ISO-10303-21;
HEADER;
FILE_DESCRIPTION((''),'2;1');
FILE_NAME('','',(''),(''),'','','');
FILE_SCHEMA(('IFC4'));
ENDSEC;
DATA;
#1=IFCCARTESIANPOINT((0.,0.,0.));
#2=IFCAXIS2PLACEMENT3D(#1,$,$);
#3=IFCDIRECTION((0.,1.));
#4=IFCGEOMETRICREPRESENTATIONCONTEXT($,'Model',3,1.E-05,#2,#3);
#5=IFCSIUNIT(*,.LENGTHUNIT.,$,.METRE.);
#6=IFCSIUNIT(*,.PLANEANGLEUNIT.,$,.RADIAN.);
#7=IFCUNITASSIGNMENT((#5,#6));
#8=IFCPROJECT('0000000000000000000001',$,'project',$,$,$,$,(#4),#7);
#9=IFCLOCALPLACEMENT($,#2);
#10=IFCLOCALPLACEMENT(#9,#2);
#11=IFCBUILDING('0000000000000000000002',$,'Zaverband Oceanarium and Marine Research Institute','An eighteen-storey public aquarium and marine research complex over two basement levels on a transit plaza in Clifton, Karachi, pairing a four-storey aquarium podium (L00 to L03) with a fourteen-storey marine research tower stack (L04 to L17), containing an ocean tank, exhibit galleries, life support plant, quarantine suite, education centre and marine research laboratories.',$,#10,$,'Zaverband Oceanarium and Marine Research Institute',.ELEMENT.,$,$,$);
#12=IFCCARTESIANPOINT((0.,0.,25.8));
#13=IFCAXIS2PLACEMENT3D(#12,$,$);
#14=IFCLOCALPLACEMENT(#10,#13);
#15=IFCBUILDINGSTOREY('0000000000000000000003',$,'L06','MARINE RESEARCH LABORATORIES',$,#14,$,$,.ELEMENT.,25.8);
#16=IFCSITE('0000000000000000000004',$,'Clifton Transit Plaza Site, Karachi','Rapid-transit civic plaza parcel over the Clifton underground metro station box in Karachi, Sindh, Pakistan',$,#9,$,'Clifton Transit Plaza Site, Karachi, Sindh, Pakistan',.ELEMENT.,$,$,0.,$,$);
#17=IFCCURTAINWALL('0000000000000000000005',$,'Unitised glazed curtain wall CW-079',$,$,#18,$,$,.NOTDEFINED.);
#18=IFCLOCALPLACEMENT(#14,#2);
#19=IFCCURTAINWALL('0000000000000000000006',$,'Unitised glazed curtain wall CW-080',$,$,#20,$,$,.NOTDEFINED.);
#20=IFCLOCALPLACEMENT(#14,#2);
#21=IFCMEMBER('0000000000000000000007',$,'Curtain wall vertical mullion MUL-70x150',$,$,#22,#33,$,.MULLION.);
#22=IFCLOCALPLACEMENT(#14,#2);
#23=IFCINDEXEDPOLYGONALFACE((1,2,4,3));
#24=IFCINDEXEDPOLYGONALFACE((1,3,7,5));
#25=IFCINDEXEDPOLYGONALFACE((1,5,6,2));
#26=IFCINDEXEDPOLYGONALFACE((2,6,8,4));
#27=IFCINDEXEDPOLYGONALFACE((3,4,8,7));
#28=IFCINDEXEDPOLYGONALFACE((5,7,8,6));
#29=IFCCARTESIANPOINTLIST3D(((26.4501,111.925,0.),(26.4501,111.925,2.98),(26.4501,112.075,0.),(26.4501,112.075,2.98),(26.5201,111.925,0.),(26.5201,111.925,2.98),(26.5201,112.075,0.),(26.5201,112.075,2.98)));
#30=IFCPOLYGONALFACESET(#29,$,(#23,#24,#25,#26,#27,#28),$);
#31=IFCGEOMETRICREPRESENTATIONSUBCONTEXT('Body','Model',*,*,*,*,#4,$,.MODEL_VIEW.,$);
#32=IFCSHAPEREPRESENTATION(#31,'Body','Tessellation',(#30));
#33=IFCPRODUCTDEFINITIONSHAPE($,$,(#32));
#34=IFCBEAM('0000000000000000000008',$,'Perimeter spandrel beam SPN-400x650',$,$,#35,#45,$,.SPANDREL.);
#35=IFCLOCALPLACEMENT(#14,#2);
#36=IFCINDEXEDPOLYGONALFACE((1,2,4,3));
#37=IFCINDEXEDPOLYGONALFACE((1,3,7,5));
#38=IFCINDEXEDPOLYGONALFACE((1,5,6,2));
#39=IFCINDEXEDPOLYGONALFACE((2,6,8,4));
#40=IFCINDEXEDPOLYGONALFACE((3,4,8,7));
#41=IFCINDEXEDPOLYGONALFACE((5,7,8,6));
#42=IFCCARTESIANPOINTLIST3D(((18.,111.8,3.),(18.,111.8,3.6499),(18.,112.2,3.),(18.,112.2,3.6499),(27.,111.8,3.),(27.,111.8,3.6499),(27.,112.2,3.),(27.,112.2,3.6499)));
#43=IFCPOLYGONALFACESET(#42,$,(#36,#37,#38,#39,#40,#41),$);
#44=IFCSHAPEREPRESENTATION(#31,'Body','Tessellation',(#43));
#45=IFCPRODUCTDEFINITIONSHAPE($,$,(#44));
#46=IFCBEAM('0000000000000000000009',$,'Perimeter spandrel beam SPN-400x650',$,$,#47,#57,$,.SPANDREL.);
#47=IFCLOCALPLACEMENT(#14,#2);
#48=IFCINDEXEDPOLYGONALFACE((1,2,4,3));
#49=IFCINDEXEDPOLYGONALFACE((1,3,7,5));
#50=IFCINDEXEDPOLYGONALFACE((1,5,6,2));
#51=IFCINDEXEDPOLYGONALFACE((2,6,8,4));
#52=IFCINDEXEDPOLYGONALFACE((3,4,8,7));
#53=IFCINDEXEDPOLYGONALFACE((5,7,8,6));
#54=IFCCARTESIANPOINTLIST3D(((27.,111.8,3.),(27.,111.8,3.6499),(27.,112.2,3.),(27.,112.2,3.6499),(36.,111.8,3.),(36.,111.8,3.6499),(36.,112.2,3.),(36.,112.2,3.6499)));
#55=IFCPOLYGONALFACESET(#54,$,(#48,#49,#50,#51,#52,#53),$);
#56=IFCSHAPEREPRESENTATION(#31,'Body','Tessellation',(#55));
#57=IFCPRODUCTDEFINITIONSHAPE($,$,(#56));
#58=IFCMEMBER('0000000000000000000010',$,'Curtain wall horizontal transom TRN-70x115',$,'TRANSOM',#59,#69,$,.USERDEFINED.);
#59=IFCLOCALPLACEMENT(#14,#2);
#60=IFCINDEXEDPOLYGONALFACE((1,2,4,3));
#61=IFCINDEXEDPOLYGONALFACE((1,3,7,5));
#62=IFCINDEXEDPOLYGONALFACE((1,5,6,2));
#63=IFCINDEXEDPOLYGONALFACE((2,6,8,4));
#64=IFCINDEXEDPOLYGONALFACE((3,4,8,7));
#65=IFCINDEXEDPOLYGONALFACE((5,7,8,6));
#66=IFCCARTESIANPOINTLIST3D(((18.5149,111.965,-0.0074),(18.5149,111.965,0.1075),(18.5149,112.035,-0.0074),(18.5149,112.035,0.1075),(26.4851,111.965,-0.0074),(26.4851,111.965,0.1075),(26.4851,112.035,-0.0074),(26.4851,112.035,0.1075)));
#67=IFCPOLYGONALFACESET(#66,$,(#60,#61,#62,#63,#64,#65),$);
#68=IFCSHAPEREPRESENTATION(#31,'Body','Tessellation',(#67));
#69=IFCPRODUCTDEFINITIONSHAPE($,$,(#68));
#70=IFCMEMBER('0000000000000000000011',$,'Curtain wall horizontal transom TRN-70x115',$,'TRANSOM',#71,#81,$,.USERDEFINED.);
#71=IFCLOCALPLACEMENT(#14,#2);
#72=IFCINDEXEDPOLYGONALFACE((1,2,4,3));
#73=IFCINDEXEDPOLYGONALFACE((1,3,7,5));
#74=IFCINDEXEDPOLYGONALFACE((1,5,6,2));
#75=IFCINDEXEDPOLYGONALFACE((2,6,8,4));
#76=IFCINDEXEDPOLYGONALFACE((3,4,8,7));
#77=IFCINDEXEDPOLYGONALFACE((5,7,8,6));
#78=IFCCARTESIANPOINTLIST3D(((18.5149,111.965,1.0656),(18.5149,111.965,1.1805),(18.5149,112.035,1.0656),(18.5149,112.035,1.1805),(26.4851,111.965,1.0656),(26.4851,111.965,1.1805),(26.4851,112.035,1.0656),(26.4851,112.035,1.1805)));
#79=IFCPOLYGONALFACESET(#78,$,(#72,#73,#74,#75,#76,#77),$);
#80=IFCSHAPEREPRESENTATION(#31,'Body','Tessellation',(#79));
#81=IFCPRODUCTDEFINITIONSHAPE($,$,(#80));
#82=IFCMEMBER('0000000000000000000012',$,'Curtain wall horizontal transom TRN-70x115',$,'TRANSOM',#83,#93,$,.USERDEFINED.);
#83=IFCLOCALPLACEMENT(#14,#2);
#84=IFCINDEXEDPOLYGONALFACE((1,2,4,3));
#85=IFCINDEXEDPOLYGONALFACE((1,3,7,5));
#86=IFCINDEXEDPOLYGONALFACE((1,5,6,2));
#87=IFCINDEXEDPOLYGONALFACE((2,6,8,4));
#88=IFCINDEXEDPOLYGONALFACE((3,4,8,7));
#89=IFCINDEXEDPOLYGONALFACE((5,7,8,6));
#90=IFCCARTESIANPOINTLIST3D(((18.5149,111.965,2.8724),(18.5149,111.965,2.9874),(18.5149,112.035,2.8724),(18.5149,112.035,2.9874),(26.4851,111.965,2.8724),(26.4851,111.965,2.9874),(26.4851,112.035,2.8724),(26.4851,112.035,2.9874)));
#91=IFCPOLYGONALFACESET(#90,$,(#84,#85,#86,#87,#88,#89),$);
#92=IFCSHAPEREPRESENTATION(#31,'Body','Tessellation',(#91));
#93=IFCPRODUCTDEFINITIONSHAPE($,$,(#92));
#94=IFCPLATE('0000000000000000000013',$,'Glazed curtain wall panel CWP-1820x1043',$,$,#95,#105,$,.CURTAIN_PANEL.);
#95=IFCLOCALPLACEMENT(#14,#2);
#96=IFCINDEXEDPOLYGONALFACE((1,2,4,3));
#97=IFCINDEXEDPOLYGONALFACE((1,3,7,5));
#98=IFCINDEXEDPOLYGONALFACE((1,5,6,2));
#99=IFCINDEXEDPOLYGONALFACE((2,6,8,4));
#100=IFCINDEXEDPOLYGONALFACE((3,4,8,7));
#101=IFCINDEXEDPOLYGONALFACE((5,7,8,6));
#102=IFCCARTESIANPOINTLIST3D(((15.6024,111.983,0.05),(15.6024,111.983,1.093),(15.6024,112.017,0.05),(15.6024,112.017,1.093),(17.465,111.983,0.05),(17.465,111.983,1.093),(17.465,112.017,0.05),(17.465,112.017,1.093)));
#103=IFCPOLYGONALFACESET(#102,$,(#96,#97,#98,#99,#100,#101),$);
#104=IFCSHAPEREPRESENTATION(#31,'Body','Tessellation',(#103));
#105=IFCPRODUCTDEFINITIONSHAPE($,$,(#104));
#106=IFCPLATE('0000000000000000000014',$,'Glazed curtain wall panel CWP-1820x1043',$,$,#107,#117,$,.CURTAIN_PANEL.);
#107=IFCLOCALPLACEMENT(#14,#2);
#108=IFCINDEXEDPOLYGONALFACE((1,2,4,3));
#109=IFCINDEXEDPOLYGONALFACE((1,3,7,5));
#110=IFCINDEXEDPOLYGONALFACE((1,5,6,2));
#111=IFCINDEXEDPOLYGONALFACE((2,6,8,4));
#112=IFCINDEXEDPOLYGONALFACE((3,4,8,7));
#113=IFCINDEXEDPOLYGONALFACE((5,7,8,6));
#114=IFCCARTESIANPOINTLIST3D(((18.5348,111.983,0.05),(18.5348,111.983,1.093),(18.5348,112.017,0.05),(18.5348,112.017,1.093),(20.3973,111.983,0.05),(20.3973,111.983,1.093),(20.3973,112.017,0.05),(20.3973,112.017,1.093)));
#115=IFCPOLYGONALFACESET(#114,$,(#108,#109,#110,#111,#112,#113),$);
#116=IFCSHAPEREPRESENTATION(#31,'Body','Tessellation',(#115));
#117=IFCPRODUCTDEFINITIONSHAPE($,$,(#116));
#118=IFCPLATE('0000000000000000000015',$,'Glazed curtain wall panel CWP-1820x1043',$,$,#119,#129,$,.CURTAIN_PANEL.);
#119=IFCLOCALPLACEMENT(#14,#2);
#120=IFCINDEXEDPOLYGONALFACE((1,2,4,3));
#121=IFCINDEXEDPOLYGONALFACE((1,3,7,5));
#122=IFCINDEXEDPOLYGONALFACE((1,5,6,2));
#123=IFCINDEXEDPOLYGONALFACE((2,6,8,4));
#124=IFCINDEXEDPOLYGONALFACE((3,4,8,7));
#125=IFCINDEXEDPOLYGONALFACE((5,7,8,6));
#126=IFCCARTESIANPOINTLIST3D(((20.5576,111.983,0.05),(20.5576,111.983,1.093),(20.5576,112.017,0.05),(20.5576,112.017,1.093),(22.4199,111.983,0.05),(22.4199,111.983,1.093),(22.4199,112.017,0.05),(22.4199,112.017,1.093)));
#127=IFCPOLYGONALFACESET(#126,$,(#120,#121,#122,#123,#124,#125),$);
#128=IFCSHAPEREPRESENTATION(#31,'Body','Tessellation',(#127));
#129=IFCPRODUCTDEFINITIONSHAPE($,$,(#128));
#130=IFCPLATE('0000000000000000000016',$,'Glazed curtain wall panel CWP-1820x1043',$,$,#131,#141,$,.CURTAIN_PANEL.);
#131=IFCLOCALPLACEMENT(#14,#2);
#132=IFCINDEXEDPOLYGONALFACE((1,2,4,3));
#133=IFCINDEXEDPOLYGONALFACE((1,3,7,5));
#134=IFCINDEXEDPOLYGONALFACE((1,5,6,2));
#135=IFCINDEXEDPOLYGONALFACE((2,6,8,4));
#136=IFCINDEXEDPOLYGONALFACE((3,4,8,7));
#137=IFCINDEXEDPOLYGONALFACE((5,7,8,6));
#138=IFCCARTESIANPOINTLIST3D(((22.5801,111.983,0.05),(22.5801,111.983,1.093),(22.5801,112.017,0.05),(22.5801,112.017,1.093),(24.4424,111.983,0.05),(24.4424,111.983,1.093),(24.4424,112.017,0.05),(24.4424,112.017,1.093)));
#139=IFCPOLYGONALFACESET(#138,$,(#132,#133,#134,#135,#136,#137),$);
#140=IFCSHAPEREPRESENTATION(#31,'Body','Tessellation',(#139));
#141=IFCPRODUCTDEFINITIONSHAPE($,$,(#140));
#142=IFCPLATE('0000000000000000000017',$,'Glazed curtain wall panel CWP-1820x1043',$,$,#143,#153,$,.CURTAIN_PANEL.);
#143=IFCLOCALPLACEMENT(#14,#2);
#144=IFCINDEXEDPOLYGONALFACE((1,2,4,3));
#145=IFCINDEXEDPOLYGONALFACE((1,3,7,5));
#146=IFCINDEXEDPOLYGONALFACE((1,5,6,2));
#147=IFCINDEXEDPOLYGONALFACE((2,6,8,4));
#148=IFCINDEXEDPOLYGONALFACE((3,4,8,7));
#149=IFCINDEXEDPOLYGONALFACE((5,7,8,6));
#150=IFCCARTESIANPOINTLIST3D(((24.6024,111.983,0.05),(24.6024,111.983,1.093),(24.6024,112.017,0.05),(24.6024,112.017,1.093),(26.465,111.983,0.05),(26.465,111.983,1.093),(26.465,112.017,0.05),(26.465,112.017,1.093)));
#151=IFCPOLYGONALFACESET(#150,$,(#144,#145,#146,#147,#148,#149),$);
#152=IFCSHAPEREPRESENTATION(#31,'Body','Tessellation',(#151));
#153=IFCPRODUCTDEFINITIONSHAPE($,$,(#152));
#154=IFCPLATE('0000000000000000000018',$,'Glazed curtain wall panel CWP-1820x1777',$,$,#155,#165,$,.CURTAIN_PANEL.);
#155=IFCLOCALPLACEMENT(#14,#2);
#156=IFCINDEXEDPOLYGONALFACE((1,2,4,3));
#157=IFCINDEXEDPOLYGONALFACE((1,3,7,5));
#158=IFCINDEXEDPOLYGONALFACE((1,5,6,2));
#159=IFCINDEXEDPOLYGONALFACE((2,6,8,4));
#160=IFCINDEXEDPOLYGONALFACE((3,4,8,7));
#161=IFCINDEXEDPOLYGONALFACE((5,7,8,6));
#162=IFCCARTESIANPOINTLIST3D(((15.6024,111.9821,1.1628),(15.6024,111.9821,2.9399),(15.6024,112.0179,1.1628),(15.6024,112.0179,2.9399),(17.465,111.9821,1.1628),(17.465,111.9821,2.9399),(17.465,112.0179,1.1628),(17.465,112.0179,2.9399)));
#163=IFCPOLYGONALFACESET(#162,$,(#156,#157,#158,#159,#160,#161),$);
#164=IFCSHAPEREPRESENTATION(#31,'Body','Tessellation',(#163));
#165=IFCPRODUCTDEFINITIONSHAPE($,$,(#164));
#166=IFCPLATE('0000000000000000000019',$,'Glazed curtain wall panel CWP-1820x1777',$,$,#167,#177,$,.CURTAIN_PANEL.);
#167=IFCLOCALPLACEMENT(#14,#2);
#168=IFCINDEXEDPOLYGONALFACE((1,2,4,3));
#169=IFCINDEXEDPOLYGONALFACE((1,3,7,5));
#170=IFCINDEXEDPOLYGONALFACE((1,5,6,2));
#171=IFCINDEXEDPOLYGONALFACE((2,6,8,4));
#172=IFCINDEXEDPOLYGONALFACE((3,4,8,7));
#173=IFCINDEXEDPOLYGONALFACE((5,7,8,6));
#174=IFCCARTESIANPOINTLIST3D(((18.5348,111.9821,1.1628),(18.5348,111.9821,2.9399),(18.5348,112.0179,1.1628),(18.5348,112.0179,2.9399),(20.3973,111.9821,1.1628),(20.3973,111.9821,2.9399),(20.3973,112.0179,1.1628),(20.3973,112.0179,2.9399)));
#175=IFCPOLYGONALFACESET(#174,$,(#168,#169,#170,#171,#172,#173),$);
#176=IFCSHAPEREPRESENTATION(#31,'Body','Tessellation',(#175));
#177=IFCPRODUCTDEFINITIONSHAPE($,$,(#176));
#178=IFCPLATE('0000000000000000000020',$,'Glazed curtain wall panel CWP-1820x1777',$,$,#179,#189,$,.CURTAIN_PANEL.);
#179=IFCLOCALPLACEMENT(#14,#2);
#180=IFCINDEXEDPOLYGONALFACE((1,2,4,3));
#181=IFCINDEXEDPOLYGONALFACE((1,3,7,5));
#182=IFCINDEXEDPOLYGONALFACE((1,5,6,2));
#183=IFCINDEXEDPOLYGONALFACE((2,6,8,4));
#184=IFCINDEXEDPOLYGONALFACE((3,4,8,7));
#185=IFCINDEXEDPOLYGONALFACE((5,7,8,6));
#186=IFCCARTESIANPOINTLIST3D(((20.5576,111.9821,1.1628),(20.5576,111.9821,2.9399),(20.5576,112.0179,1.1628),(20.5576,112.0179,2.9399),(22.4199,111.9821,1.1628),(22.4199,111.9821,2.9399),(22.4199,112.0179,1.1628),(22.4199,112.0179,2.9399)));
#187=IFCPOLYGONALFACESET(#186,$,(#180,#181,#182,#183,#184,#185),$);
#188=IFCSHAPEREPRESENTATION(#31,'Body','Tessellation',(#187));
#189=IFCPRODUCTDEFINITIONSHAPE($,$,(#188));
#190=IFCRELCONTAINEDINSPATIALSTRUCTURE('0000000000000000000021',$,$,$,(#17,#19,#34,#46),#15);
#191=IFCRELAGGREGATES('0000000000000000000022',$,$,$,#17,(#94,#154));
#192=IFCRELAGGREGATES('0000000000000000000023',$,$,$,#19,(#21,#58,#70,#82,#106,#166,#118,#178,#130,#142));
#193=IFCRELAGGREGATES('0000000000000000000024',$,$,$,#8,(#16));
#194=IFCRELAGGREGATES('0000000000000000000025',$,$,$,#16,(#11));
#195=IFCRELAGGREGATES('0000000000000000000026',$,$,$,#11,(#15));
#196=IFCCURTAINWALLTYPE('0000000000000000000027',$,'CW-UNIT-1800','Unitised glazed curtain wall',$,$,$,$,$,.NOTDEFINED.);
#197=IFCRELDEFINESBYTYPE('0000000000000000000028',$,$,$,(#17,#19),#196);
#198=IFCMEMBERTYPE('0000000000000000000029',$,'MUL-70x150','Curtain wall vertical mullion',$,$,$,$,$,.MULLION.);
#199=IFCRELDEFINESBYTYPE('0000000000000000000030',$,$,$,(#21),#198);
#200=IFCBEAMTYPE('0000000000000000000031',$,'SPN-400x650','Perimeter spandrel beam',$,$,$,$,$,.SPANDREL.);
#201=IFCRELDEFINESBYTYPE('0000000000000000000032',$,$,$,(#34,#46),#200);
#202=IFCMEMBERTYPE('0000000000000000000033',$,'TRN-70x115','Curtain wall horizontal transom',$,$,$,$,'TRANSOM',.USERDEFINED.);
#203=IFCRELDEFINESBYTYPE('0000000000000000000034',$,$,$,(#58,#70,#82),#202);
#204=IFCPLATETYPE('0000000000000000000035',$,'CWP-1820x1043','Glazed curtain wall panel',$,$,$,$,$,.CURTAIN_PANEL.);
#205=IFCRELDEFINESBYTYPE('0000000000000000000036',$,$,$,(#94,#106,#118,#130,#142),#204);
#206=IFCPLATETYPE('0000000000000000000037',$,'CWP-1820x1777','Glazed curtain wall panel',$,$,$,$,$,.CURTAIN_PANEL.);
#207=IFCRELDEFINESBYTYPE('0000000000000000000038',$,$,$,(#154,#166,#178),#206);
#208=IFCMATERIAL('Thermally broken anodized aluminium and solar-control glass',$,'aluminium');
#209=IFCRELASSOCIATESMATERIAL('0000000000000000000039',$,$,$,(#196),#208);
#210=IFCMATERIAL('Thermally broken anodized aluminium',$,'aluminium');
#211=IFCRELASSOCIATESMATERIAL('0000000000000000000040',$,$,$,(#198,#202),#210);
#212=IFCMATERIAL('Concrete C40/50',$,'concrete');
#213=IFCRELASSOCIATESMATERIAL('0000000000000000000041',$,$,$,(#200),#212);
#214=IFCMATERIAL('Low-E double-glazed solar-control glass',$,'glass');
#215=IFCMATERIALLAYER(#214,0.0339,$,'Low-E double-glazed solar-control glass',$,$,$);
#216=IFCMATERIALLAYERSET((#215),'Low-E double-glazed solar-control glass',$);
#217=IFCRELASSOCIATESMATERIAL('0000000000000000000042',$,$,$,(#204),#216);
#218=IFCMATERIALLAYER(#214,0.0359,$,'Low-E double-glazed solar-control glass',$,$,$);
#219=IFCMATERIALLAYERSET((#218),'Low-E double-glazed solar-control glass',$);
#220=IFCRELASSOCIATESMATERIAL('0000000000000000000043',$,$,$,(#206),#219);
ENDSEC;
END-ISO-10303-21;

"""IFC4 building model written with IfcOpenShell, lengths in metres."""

from ifc_helpers import new_model, si_unit, direction, frame, frame_2d, origin, origin_2d, place, context, subcontext, project, spatial, rectangle, extrude, material, layer, layer_set, material_profile, profile_set, type_object, element, aggregate, save


model = new_model("IFC4")

# Units and contexts
model_context = context("Model", 3, precision=1e-05, world=origin(), true_north=direction((0.0, 1.0)))
body_context = subcontext(model_context, "Body", "Model", "MODEL_VIEW")
ifc_project = project(units=[si_unit("LENGTHUNIT", "METRE"), si_unit("PLANEANGLEUNIT", "RADIAN")], contexts=[model_context])

# Site, building, storey
site_placement = place(None, origin())
site = spatial("IfcSite", under=ifc_project, at=site_placement, Name="Clifton Transit Plaza Site, Karachi", Description="Rapid-transit civic plaza parcel over the Clifton underground metro station box in Karachi, Sindh, Pakistan", LongName="Clifton Transit Plaza Site, Karachi, Sindh, Pakistan", CompositionType="ELEMENT", RefElevation=0.0)
building_placement = place(site_placement, origin())
building = spatial("IfcBuilding", under=site, at=building_placement, Name="Zaverband Oceanarium and Marine Research Institute", Description="An eighteen-storey public aquarium and marine research complex over two basement levels on a transit plaza in Clifton, Karachi, pairing a four-storey aquarium podium (L00 to L03) with a fourteen-storey marine research tower stack (L04 to L17), containing an ocean tank, exhibit galleries, life support plant, quarantine suite, education centre and marine research laboratories.", LongName="Zaverband Oceanarium and Marine Research Institute", CompositionType="ELEMENT")
storey_placement = place(building_placement, frame((0.0, 0.0, 25.8)))
storey = spatial("IfcBuildingStorey", under=building, at=storey_placement, Name="L06", Description="MARINE RESEARCH LABORATORIES", CompositionType="ELEMENT", Elevation=25.8)

# Shared definitions
ifc_material_1 = material(Name="Concrete C40/50", Category="concrete")

# Curtain walls, member
ifc_material_2 = material(Name="Thermally broken anodized aluminium and solar-control glass", Category="aluminium")
curtain_wall_type = type_object("IfcCurtainWallType", Name="CW-UNIT-1800", Description="Unitised glazed curtain wall", PredefinedType="NOTDEFINED", material=ifc_material_2)
curtain_wall_1_placement = place(storey_placement, origin())
curtain_wall_1 = element("IfcCurtainWall", 1, at=curtain_wall_1_placement, inside=storey, type_object=curtain_wall_type, Name="Unitised glazed curtain wall CW-079", PredefinedType="NOTDEFINED")
ifc_material_3 = material(Name="Thermally broken anodized aluminium", Category="aluminium")
ifc_material_profile_1 = material_profile(ifc_material_3, rectangle(XDim=0.0701, YDim=0.1499, at=origin_2d()), Name="AL-MUL-70x150")
ifc_profile_set_1 = profile_set([ifc_material_profile_1], Name="Thermally broken anodized aluminium")
member_type_1 = type_object("IfcMemberType", Name="MUL-70x150", Description="Curtain wall vertical mullion", PredefinedType="MULLION", material=ifc_profile_set_1)
curtain_wall_2_placement = place(storey_placement, origin())
curtain_wall_2 = element("IfcCurtainWall", 2, at=curtain_wall_2_placement, inside=storey, type_object=curtain_wall_type, Name="Unitised glazed curtain wall CW-080", PredefinedType="NOTDEFINED")
member_1_placement = place(storey_placement, frame((26.4851, 112.0, 0.0), z_axis=(0.0, 0.0, 1.0), x_axis=(1.0, 0.0, 0.0)))
member_1 = element("IfcMember", 3, at=member_1_placement, type_object=member_type_1, Name="Curtain wall vertical mullion MUL-70x150", PredefinedType="MULLION", context=body_context, shape_type="SweptSolid", body=[
    extrude(rectangle(XDim=0.0701, YDim=0.1499, at=origin_2d()), origin(), (0.0, 0.0, 1.0), 2.98),
])

# Beams
ifc_material_profile_2 = material_profile(ifc_material_1, rectangle(XDim=0.3999, YDim=0.6499, at=origin_2d()), Name="RC400x650")
ifc_profile_set_2 = profile_set([ifc_material_profile_2], Name="Concrete C40/50")
beam_type_1 = type_object("IfcBeamType", Name="SPN-400x650", Description="Perimeter spandrel beam", PredefinedType="SPANDREL", material=ifc_profile_set_2)
for number, where, z_axis, x_axis, name in (
    (4, (18.0, 112.0, 3.325), (1.0, 0.0, 0.0), (0.0, 1.0, 0.0), "Perimeter spandrel beam SPN-400x650"),
    (5, (27.0, 112.0, 3.325), (1.0, 0.0, 0.0), (0.0, 1.0, 0.0), "Perimeter spandrel beam SPN-400x650"),
):
    element("IfcBeam", number, at=place(storey_placement, frame(where, z_axis=z_axis, x_axis=x_axis)), inside=storey, type_object=beam_type_1, Name=name, PredefinedType="SPANDREL", context=body_context, shape_type="SweptSolid", body=[
        extrude(rectangle(XDim=0.3999, YDim=0.6499, at=origin_2d()), origin(), (0.0, 0.0, 1.0), 9.0),
    ])

# Members
ifc_material_profile_3 = material_profile(ifc_material_3, rectangle(XDim=0.0701, YDim=0.115, at=origin_2d()), Name="AL-TRN-70x115")
ifc_profile_set_3 = profile_set([ifc_material_profile_3], Name="Thermally broken anodized aluminium")
member_type_2 = type_object("IfcMemberType", Name="TRN-70x115", Description="Curtain wall horizontal transom", ElementType="TRANSOM", PredefinedType="USERDEFINED", material=ifc_profile_set_3)
member_2_placement = place(storey_placement, frame((18.5149, 112.0, 0.05), z_axis=(1.0, 0.0, 0.0), x_axis=(0.0, 1.0, 0.0)))
member_2 = element("IfcMember", 6, at=member_2_placement, type_object=member_type_2, Name="Curtain wall horizontal transom TRN-70x115", ObjectType="TRANSOM", PredefinedType="USERDEFINED", context=body_context, shape_type="SweptSolid", body=[
    extrude(rectangle(XDim=0.0701, YDim=0.115, at=origin_2d()), origin(), (0.0, 0.0, 1.0), 7.9702),
])
member_3_placement = place(storey_placement, frame((18.5149, 112.0, 1.123), z_axis=(1.0, 0.0, 0.0), x_axis=(0.0, 1.0, 0.0)))
member_3 = element("IfcMember", 7, at=member_3_placement, type_object=member_type_2, Name="Curtain wall horizontal transom TRN-70x115", ObjectType="TRANSOM", PredefinedType="USERDEFINED", context=body_context, shape_type="SweptSolid", body=[
    extrude(rectangle(XDim=0.0701, YDim=0.115, at=origin_2d()), origin(), (0.0, 0.0, 1.0), 7.9702),
])
member_4_placement = place(storey_placement, frame((18.5149, 112.0, 2.9299), z_axis=(1.0, 0.0, 0.0), x_axis=(0.0, 1.0, 0.0)))
member_4 = element("IfcMember", 8, at=member_4_placement, type_object=member_type_2, Name="Curtain wall horizontal transom TRN-70x115", ObjectType="TRANSOM", PredefinedType="USERDEFINED", context=body_context, shape_type="SweptSolid", body=[
    extrude(rectangle(XDim=0.0701, YDim=0.115, at=origin_2d()), origin(), (0.0, 0.0, 1.0), 7.9702),
])

# Plates
ifc_material_4 = material(Name="Low-E double-glazed solar-control glass", Category="glass")
ifc_layer_1 = layer(ifc_material_4, 0.0339, Name="Low-E double-glazed solar-control glass")
ifc_layer_set_1 = layer_set([ifc_layer_1], Name="Low-E double-glazed solar-control glass")
plate_type_1 = type_object("IfcPlateType", Name="CWP-1820x1043", Description="Glazed curtain wall panel", PredefinedType="CURTAIN_PANEL", material=ifc_layer_set_1)
plate_1_placement = place(storey_placement, frame((15.6025, 112.0, 0.05), z_axis=(0.0, 0.0, 1.0), x_axis=(1.0, 0.0, 0.0)))
plate_1 = element("IfcPlate", 9, at=plate_1_placement, type_object=plate_type_1, Name="Glazed curtain wall panel CWP-1820x1043", PredefinedType="CURTAIN_PANEL", context=body_context, shape_type="SweptSolid", body=[
    extrude(rectangle(XDim=1.8625, YDim=0.0339, at=frame_2d((0.9312, 0.0))), origin(), (0.0, 0.0, 1.0), 1.043),
])
plate_2_placement = place(storey_placement, frame((18.5349, 112.0, 0.05), z_axis=(0.0, 0.0, 1.0), x_axis=(1.0, 0.0, 0.0)))
plate_2 = element("IfcPlate", 10, at=plate_2_placement, type_object=plate_type_1, Name="Glazed curtain wall panel CWP-1820x1043", PredefinedType="CURTAIN_PANEL", context=body_context, shape_type="SweptSolid", body=[
    extrude(rectangle(XDim=1.8625, YDim=0.0339, at=frame_2d((0.9312, 0.0))), origin(), (0.0, 0.0, 1.0), 1.043),
])
plate_3_placement = place(storey_placement, frame((20.5576, 112.0, 0.05), z_axis=(0.0, 0.0, 1.0), x_axis=(1.0, 0.0, 0.0)))
plate_3 = element("IfcPlate", 11, at=plate_3_placement, type_object=plate_type_1, Name="Glazed curtain wall panel CWP-1820x1043", PredefinedType="CURTAIN_PANEL", context=body_context, shape_type="SweptSolid", body=[
    extrude(rectangle(XDim=1.8623, YDim=0.0339, at=frame_2d((0.9312, 0.0))), origin(), (0.0, 0.0, 1.0), 1.043),
])
plate_4_placement = place(storey_placement, frame((22.5801, 112.0, 0.05), z_axis=(0.0, 0.0, 1.0), x_axis=(1.0, 0.0, 0.0)))
plate_4 = element("IfcPlate", 12, at=plate_4_placement, type_object=plate_type_1, Name="Glazed curtain wall panel CWP-1820x1043", PredefinedType="CURTAIN_PANEL", context=body_context, shape_type="SweptSolid", body=[
    extrude(rectangle(XDim=1.8623, YDim=0.0339, at=frame_2d((0.9312, 0.0))), origin(), (0.0, 0.0, 1.0), 1.043),
])
plate_5_placement = place(storey_placement, frame((24.6025, 112.0, 0.05), z_axis=(0.0, 0.0, 1.0), x_axis=(1.0, 0.0, 0.0)))
plate_5 = element("IfcPlate", 13, at=plate_5_placement, type_object=plate_type_1, Name="Glazed curtain wall panel CWP-1820x1043", PredefinedType="CURTAIN_PANEL", context=body_context, shape_type="SweptSolid", body=[
    extrude(rectangle(XDim=1.8625, YDim=0.0339, at=frame_2d((0.9312, 0.0))), origin(), (0.0, 0.0, 1.0), 1.043),
])
ifc_layer_2 = layer(ifc_material_4, 0.0359, Name="Low-E double-glazed solar-control glass")
ifc_layer_set_2 = layer_set([ifc_layer_2], Name="Low-E double-glazed solar-control glass")
plate_type_2 = type_object("IfcPlateType", Name="CWP-1820x1777", Description="Glazed curtain wall panel", PredefinedType="CURTAIN_PANEL", material=ifc_layer_set_2)
plate_6_placement = place(storey_placement, frame((15.6025, 112.0, 1.1628), z_axis=(0.0, 0.0, 1.0), x_axis=(1.0, 0.0, 0.0)))
plate_6 = element("IfcPlate", 14, at=plate_6_placement, type_object=plate_type_2, Name="Glazed curtain wall panel CWP-1820x1777", PredefinedType="CURTAIN_PANEL", context=body_context, shape_type="SweptSolid", body=[
    extrude(rectangle(XDim=1.8625, YDim=0.0359, at=frame_2d((0.9312, 0.0))), origin(), (0.0, 0.0, 1.0), 1.7771),
])
aggregate(curtain_wall_1, [plate_1, plate_6])
plate_7_placement = place(storey_placement, frame((18.5349, 112.0, 1.1628), z_axis=(0.0, 0.0, 1.0), x_axis=(1.0, 0.0, 0.0)))
plate_7 = element("IfcPlate", 15, at=plate_7_placement, type_object=plate_type_2, Name="Glazed curtain wall panel CWP-1820x1777", PredefinedType="CURTAIN_PANEL", context=body_context, shape_type="SweptSolid", body=[
    extrude(rectangle(XDim=1.8625, YDim=0.0359, at=frame_2d((0.9312, 0.0))), origin(), (0.0, 0.0, 1.0), 1.7771),
])
plate_8_placement = place(storey_placement, frame((20.5576, 112.0, 1.1628), z_axis=(0.0, 0.0, 1.0), x_axis=(1.0, 0.0, 0.0)))
plate_8 = element("IfcPlate", 16, at=plate_8_placement, type_object=plate_type_2, Name="Glazed curtain wall panel CWP-1820x1777", PredefinedType="CURTAIN_PANEL", context=body_context, shape_type="SweptSolid", body=[
    extrude(rectangle(XDim=1.8623, YDim=0.0359, at=frame_2d((0.9312, 0.0))), origin(), (0.0, 0.0, 1.0), 1.7771),
])
aggregate(curtain_wall_2, [member_1, member_2, member_3, member_4, plate_2, plate_7, plate_3, plate_8, plate_4, plate_5])

save(model, "model.ifc")
